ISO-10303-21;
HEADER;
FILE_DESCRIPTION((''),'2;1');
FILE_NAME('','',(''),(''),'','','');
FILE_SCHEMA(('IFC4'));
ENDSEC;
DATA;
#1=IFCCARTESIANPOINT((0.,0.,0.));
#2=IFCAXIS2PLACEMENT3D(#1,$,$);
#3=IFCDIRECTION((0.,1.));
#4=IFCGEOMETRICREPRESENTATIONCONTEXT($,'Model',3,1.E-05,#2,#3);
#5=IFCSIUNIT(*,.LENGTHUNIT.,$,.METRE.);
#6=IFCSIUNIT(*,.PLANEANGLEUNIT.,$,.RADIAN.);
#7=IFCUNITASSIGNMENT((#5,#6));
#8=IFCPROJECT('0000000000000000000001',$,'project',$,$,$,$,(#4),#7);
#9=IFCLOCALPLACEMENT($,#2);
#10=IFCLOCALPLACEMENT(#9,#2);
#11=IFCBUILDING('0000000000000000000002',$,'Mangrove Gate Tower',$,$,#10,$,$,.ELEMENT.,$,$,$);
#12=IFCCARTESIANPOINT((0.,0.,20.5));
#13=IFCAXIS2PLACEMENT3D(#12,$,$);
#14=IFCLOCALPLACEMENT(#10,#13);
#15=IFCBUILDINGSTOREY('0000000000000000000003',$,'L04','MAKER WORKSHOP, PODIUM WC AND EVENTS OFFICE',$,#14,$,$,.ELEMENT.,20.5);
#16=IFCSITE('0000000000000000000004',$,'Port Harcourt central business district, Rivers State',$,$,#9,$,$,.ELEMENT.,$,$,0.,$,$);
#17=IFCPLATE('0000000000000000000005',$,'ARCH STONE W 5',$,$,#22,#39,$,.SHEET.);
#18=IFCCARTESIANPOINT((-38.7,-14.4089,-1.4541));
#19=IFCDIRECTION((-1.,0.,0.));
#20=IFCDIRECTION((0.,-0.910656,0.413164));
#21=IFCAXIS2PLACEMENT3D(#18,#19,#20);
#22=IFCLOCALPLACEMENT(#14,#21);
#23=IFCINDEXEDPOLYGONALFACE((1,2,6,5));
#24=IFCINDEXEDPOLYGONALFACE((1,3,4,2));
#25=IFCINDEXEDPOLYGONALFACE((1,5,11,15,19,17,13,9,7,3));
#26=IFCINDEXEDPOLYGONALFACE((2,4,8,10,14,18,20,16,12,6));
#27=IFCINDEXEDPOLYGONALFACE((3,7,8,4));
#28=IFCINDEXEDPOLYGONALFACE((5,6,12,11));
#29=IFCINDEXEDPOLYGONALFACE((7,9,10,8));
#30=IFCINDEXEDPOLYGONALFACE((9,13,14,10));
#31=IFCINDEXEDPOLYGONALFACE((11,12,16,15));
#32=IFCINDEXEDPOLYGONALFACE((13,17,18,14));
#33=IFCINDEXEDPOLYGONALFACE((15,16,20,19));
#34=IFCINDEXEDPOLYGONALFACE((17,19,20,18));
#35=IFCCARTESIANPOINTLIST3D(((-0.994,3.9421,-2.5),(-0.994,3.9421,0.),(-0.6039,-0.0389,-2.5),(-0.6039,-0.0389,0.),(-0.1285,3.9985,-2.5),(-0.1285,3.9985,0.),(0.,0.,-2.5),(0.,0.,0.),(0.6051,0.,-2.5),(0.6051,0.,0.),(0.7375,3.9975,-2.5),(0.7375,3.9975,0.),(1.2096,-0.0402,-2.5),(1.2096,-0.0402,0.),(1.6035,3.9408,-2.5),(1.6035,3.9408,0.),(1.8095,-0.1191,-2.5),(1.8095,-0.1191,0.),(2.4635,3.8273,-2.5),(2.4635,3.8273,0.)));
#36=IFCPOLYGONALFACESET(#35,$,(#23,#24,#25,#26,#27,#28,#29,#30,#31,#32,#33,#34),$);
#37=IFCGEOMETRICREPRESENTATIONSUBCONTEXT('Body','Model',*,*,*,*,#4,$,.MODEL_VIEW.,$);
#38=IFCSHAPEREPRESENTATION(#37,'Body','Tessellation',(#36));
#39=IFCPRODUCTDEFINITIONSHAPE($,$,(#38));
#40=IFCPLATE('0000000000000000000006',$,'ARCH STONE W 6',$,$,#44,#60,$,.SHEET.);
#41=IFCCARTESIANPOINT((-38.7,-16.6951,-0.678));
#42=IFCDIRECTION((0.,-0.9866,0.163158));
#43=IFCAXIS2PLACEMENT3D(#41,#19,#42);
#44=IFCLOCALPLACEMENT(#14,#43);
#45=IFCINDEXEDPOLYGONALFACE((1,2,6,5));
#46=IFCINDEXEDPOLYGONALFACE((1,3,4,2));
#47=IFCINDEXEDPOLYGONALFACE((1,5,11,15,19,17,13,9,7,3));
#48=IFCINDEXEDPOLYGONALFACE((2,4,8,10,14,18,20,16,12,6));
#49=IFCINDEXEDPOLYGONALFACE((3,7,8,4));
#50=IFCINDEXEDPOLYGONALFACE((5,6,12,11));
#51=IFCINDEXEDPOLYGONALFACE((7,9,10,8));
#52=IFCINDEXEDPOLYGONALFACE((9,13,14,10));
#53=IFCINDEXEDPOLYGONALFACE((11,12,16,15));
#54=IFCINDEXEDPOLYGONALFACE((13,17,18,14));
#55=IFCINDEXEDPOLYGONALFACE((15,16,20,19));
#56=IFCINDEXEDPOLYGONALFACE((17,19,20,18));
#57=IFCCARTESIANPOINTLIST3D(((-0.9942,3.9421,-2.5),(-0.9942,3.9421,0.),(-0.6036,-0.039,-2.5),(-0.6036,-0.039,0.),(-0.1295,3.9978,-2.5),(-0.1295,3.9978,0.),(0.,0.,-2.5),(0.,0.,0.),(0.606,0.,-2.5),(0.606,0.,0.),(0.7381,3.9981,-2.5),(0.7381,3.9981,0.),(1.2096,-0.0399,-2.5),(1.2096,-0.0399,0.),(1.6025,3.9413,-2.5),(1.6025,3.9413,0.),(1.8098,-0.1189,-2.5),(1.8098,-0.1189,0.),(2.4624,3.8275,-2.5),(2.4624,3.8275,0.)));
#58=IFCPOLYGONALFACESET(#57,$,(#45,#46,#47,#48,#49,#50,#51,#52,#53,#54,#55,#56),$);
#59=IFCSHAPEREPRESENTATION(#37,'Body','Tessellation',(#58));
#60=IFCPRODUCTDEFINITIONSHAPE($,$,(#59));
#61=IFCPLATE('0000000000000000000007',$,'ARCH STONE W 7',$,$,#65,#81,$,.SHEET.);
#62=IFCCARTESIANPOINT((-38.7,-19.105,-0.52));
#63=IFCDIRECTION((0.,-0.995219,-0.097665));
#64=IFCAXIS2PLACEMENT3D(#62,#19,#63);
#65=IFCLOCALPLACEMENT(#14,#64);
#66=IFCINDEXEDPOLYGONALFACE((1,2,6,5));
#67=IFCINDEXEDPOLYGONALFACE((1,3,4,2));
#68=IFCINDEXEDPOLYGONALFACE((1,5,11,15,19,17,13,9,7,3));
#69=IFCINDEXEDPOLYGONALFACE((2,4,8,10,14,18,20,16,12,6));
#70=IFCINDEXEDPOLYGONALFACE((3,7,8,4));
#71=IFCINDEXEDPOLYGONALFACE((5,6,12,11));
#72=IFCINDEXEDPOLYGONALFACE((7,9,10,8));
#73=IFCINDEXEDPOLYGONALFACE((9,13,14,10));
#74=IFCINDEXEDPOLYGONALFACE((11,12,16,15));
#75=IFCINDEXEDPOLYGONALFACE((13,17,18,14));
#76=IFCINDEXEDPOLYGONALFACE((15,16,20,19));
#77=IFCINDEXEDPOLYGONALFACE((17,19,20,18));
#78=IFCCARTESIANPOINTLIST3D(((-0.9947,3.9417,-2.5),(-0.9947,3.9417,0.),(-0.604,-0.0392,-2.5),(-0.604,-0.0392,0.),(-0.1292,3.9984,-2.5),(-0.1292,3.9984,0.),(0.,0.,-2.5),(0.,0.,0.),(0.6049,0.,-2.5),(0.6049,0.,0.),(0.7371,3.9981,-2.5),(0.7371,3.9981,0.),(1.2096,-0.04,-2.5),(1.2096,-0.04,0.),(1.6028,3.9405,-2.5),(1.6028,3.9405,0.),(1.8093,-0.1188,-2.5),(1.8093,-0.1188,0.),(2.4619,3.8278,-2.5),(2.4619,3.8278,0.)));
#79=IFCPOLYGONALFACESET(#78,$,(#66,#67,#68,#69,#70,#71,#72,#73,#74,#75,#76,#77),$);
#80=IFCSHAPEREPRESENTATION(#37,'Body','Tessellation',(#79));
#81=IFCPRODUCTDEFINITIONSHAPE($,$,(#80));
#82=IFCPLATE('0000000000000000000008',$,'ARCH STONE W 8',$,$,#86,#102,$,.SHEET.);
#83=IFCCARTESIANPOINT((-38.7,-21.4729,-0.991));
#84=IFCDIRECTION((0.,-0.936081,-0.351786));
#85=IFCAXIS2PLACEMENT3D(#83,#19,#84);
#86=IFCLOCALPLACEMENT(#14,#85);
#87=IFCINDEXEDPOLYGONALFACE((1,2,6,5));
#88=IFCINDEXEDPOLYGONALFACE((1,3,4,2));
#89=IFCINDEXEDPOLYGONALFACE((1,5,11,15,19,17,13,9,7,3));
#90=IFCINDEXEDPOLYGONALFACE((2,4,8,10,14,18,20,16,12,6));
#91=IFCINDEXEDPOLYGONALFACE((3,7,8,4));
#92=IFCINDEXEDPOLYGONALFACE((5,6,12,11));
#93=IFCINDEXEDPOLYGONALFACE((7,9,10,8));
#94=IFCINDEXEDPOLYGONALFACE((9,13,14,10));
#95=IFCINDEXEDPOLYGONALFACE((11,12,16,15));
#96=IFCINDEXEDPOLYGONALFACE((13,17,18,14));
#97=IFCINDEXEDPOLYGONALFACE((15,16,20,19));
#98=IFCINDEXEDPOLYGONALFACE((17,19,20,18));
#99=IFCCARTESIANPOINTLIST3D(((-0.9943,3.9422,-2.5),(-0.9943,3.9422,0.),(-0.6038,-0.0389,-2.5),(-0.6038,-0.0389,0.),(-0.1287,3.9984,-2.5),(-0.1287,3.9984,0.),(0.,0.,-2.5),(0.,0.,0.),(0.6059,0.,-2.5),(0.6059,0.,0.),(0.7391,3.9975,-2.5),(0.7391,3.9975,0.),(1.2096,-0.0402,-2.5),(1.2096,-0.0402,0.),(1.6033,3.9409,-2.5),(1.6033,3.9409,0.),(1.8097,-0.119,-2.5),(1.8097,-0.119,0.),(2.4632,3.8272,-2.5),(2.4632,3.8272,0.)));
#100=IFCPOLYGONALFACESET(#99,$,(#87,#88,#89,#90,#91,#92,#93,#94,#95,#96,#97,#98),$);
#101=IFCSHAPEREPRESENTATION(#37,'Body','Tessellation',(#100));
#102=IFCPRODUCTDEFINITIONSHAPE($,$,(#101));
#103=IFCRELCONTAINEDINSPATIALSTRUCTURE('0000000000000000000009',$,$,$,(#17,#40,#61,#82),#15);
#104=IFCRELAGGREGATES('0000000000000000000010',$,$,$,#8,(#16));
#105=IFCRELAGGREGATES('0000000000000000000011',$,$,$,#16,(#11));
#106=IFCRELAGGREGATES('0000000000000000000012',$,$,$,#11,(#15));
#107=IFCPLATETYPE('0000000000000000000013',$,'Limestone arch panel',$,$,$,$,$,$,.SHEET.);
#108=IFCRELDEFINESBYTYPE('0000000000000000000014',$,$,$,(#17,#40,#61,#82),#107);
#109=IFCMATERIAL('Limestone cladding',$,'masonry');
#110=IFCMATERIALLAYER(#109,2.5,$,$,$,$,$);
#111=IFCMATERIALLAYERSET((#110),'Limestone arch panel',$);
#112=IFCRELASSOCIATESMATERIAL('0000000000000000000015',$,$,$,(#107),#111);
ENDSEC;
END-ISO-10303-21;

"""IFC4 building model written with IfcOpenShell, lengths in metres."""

from ifc_helpers import new_model, si_unit, direction, frame, origin, place, context, subcontext, project, spatial, polyline, outline, extrude, material, layer, layer_set, type_object, element, save


model = new_model("IFC4")

# Units and contexts
model_context = context("Model", 3, precision=1e-05, world=origin(), true_north=direction((0.0, 1.0)))
body_context = subcontext(model_context, "Body", "Model", "MODEL_VIEW")
ifc_project = project(units=[si_unit("LENGTHUNIT", "METRE"), si_unit("PLANEANGLEUNIT", "RADIAN")], contexts=[model_context])

# Site, building, storey
site_placement = place(None, origin())
site = spatial("IfcSite", under=ifc_project, at=site_placement, Name="Port Harcourt central business district, Rivers State", CompositionType="ELEMENT", RefElevation=0.0)
building_placement = place(site_placement, origin())
building = spatial("IfcBuilding", under=site, at=building_placement, Name="Mangrove Gate Tower", CompositionType="ELEMENT")
storey_placement = place(building_placement, frame((0.0, 0.0, 20.5)))
storey = spatial("IfcBuildingStorey", under=building, at=storey_placement, Name="L04", Description="MAKER WORKSHOP, PODIUM WC AND EVENTS OFFICE", CompositionType="ELEMENT", Elevation=20.5)

# Plates
ifc_material_1 = material(Name="Limestone cladding", Category="masonry")
ifc_layer_1 = layer(ifc_material_1, 2.5)
ifc_layer_set_1 = layer_set([ifc_layer_1], Name="Limestone arch panel")
plate_type = type_object("IfcPlateType", Name="Limestone arch panel", PredefinedType="SHEET", material=ifc_layer_set_1)
plate_1_placement = place(storey_placement, frame((-38.7, -14.4089, -1.4541), z_axis=(-1.0, 0.0, 0.0), x_axis=(0.0, -0.910656, 0.413164)))
element("IfcPlate", 1, at=plate_1_placement, inside=storey, type_object=plate_type, Name="ARCH STONE W 5", PredefinedType="SHEET", context=body_context, shape_type="SweptSolid", body=[
    extrude(outline(polyline([(0.0, 0.0), (0.6051, 0.0), (1.2096, -0.0402), (1.8095, -0.1191), (2.4635, 3.8273), (1.6035, 3.9408), (0.7375, 3.9975), (-0.1285, 3.9985), (-0.994, 3.9421), (-0.6039, -0.0389), (0.0, 0.0)])), origin(), (0.0, 0.0, -1.0), 2.5),
])
plate_2_placement = place(storey_placement, frame((-38.7, -16.6951, -0.678), z_axis=(-1.0, 0.0, 0.0), x_axis=(0.0, -0.9866, 0.163158)))
element("IfcPlate", 2, at=plate_2_placement, inside=storey, type_object=plate_type, Name="ARCH STONE W 6", PredefinedType="SHEET", context=body_context, shape_type="SweptSolid", body=[
    extrude(outline(polyline([(0.0, 0.0), (0.606, 0.0), (1.2096, -0.0399), (1.8098, -0.1189), (2.4624, 3.8275), (1.6025, 3.9413), (0.7381, 3.9981), (-0.1295, 3.9978), (-0.9942, 3.9421), (-0.6036, -0.039), (0.0, 0.0)])), origin(), (0.0, 0.0, -1.0), 2.5),
])
plate_3_placement = place(storey_placement, frame((-38.7, -19.105, -0.52), z_axis=(-1.0, 0.0, 0.0), x_axis=(0.0, -0.995219, -0.097665)))
element("IfcPlate", 3, at=plate_3_placement, inside=storey, type_object=plate_type, Name="ARCH STONE W 7", PredefinedType="SHEET", context=body_context, shape_type="SweptSolid", body=[
    extrude(outline(polyline([(0.0, 0.0), (0.6049, 0.0), (1.2096, -0.04), (1.8093, -0.1188), (2.4619, 3.8278), (1.6028, 3.9405), (0.7371, 3.9981), (-0.1292, 3.9984), (-0.9947, 3.9417), (-0.604, -0.0392), (0.0, 0.0)])), origin(), (0.0, 0.0, -1.0), 2.5),
])
plate_4_placement = place(storey_placement, frame((-38.7, -21.4729, -0.991), z_axis=(-1.0, 0.0, 0.0), x_axis=(0.0, -0.936081, -0.351786)))
element("IfcPlate", 4, at=plate_4_placement, inside=storey, type_object=plate_type, Name="ARCH STONE W 8", PredefinedType="SHEET", context=body_context, shape_type="SweptSolid", body=[
    extrude(outline(polyline([(0.0, 0.0), (0.6059, 0.0), (1.2096, -0.0402), (1.8097, -0.119), (2.4632, 3.8272), (1.6033, 3.9409), (0.7391, 3.9975), (-0.1287, 3.9984), (-0.9943, 3.9422), (-0.6038, -0.0389), (0.0, 0.0)])), origin(), (0.0, 0.0, -1.0), 2.5),
])

save(model, "model.ifc")
